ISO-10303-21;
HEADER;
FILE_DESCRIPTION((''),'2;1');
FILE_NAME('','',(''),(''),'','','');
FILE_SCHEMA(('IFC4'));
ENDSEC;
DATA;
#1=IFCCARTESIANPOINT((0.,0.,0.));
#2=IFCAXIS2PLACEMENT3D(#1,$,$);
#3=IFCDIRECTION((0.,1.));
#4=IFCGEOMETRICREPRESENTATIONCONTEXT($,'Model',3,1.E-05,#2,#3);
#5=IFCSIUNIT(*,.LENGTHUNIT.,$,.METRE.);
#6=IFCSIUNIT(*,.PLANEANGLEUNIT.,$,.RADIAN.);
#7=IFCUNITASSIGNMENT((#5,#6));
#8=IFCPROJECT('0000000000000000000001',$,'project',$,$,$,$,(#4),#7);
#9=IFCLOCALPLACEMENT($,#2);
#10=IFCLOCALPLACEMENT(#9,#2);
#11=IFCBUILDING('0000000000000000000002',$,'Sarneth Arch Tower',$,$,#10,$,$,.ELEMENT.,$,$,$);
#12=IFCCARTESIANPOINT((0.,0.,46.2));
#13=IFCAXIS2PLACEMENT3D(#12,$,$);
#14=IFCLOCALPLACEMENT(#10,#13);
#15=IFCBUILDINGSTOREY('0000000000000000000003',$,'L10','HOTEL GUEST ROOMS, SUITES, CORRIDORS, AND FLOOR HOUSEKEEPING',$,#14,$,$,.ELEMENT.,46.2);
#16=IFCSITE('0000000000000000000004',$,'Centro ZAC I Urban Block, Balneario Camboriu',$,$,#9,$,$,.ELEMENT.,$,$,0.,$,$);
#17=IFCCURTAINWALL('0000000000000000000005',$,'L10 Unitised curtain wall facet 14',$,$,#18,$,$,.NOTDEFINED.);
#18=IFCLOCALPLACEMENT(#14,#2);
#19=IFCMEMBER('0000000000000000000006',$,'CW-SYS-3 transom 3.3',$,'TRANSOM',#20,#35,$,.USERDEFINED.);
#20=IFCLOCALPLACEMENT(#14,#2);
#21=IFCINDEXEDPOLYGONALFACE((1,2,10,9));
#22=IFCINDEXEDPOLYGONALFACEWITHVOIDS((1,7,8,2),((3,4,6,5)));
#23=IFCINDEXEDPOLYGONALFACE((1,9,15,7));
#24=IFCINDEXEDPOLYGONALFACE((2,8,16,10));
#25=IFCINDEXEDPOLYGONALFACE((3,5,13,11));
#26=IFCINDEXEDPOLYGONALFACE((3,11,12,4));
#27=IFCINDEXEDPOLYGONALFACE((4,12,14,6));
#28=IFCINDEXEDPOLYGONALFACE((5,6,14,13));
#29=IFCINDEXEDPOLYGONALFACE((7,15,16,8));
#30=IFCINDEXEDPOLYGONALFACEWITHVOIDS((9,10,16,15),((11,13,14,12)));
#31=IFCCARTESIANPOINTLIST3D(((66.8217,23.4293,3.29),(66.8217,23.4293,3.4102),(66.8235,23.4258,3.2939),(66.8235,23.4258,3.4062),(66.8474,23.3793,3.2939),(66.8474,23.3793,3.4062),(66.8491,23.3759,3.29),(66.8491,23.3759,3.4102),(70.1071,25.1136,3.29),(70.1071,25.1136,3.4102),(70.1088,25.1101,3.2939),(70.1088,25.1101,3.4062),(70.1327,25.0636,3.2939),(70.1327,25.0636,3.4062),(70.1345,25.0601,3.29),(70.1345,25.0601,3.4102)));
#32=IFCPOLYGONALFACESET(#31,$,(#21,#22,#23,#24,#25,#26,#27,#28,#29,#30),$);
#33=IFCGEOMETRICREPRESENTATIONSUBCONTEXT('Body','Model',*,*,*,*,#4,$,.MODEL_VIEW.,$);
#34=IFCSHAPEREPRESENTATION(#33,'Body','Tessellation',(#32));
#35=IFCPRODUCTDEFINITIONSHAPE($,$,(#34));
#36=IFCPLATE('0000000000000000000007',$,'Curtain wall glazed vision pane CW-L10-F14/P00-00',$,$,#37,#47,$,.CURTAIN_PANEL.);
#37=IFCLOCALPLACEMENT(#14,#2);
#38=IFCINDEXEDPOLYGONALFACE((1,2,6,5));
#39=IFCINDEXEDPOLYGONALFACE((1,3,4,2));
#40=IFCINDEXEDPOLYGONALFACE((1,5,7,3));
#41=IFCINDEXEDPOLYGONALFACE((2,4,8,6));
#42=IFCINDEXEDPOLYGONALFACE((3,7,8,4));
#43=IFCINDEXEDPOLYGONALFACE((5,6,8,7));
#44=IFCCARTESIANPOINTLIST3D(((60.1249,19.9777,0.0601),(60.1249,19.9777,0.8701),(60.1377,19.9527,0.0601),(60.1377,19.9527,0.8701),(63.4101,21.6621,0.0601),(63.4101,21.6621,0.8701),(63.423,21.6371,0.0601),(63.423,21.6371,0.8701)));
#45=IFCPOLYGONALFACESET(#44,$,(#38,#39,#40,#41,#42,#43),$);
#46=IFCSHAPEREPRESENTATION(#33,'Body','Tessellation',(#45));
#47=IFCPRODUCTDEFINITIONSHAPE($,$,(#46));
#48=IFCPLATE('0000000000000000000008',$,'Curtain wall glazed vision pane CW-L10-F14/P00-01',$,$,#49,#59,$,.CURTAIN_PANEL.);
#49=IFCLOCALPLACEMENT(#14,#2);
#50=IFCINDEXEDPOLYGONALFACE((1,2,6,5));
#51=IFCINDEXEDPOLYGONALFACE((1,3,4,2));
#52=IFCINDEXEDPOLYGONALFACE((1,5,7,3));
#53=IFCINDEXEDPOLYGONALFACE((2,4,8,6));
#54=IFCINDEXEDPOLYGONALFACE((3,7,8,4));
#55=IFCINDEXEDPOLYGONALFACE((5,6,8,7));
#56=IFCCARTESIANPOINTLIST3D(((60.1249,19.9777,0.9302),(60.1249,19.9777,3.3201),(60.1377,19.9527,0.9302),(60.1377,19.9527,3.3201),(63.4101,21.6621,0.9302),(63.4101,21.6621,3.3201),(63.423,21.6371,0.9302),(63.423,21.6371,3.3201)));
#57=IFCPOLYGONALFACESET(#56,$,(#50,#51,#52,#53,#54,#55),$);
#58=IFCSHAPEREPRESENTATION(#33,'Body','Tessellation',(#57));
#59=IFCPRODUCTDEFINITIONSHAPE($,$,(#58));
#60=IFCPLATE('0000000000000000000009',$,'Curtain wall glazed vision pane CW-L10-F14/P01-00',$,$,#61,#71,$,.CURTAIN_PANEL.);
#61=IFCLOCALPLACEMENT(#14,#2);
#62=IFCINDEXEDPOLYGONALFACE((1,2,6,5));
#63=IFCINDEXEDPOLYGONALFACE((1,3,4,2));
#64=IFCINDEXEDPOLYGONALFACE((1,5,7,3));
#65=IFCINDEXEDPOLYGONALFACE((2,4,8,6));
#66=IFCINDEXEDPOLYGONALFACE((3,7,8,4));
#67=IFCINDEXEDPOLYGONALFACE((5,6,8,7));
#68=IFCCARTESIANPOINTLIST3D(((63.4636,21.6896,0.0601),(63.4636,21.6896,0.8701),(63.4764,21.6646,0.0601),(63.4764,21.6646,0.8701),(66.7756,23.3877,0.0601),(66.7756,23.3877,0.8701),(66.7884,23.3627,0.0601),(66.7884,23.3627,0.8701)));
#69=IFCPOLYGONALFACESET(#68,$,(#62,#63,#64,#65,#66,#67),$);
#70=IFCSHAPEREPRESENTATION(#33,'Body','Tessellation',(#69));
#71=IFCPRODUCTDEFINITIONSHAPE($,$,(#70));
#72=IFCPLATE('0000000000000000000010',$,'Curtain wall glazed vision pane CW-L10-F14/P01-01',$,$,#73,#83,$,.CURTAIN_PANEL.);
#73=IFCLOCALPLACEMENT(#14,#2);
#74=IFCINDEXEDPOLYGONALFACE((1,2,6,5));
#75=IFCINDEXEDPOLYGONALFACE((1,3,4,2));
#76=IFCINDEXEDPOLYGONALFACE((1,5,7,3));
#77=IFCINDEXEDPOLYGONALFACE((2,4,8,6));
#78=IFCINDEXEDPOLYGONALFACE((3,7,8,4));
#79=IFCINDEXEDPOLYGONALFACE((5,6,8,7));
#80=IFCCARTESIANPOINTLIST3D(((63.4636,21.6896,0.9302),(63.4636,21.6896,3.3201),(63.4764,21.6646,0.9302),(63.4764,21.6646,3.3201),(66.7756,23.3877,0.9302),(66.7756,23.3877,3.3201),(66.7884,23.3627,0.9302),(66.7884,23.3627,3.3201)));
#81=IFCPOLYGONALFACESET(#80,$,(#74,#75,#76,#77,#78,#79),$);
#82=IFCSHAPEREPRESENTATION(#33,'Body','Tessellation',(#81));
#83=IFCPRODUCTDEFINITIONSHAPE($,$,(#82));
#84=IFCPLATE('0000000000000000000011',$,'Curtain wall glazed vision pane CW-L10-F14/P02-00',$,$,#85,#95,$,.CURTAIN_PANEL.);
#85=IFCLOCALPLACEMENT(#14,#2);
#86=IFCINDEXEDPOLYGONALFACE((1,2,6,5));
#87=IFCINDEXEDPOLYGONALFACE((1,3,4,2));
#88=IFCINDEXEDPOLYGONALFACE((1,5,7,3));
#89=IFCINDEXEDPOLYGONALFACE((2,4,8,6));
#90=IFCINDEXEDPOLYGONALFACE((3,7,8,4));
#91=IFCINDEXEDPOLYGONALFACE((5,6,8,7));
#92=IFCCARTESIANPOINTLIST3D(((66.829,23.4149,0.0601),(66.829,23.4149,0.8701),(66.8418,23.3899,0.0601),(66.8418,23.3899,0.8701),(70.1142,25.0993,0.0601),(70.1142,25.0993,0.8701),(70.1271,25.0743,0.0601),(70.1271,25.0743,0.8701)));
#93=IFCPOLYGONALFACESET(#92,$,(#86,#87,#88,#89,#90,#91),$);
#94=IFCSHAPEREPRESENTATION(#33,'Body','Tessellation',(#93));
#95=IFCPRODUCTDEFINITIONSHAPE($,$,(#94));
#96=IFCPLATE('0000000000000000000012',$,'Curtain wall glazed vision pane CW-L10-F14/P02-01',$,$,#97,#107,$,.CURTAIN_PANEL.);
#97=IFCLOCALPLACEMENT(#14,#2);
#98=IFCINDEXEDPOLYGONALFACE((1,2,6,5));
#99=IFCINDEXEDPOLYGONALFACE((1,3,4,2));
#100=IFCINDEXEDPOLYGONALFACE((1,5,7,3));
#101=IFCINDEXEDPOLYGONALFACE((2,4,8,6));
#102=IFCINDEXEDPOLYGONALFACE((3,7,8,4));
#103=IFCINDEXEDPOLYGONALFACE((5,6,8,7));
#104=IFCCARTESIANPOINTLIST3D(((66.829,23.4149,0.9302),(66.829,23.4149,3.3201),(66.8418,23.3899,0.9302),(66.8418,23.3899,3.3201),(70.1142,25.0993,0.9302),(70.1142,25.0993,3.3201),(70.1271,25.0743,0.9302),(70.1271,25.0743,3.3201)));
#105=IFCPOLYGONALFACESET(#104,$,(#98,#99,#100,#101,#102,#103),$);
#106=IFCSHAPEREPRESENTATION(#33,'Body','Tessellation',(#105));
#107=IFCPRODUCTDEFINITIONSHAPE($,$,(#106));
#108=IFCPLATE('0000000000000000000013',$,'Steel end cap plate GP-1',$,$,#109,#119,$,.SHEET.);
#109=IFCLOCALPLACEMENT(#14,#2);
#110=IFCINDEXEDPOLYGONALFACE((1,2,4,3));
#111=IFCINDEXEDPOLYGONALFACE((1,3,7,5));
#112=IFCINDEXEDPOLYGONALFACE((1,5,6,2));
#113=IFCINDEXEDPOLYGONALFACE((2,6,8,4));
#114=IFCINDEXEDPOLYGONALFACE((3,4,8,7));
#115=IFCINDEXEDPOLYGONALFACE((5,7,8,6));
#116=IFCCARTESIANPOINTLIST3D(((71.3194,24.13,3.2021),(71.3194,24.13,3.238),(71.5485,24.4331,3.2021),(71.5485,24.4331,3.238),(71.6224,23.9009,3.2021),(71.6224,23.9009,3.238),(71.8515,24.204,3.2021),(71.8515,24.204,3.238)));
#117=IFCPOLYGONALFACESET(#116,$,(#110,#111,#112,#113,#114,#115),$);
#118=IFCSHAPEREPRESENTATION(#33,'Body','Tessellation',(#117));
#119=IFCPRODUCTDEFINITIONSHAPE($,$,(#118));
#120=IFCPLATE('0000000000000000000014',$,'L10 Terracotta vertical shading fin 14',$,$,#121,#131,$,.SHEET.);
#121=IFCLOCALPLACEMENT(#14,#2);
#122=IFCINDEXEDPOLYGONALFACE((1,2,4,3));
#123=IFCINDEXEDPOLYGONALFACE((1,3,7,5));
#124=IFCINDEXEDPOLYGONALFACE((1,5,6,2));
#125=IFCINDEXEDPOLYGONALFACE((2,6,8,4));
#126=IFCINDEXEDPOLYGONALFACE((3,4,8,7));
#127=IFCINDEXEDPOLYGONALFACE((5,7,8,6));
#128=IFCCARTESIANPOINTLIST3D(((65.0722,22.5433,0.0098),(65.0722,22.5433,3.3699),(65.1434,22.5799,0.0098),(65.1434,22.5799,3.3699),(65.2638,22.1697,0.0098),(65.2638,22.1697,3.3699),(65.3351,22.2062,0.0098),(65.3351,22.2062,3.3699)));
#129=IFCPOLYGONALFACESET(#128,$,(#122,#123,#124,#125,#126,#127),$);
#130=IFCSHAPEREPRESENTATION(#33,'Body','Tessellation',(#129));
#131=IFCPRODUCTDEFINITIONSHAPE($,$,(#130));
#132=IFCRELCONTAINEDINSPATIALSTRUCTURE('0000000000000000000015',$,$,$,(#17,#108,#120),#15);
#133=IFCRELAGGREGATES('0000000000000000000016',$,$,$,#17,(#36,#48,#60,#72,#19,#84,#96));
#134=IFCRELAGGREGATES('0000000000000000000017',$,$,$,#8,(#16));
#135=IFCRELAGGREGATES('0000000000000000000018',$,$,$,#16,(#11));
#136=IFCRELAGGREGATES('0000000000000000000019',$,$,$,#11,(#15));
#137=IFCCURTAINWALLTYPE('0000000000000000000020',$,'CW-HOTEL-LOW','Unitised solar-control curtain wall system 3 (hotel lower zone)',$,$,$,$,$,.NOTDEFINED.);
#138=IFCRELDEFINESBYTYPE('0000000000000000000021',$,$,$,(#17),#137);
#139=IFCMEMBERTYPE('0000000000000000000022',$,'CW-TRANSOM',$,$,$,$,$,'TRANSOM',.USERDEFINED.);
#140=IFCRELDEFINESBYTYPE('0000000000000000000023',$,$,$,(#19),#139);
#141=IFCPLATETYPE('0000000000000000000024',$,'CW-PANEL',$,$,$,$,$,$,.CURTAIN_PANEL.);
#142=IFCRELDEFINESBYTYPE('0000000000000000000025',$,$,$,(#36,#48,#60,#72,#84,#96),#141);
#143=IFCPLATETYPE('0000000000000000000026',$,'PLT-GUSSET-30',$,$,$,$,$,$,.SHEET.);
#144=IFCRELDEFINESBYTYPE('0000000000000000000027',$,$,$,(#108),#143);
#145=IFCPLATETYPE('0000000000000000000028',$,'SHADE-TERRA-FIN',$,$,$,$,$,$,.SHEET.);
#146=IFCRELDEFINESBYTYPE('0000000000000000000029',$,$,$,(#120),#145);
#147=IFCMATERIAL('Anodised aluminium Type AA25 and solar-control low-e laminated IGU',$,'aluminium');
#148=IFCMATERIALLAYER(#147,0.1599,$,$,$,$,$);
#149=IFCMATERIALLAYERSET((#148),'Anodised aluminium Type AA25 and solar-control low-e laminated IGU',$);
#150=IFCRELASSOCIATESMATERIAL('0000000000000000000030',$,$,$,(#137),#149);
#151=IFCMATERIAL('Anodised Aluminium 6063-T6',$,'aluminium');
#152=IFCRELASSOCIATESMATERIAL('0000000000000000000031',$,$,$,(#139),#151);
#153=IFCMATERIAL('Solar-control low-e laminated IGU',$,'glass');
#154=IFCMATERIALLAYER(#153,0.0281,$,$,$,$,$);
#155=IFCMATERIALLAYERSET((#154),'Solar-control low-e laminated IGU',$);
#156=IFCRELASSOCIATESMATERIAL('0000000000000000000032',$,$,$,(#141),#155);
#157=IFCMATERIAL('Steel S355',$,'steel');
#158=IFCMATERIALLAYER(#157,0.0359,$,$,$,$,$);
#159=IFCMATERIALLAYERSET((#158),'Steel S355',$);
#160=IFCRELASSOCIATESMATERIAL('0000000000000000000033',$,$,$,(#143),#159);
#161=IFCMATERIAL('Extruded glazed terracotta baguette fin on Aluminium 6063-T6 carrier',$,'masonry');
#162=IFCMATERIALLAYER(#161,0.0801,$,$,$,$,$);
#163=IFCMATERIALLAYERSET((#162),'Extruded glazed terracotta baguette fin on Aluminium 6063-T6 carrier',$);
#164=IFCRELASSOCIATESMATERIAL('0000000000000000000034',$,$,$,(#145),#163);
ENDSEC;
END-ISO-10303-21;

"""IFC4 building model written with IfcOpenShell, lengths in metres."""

from ifc_helpers import new_model, si_unit, direction, frame, origin, origin_2d, place, context, subcontext, project, spatial, rectangle, hollow_rectangle, extrude, material, layer, layer_set, material_profile, profile_set, type_object, element, aggregate, save


model = new_model("IFC4")

# Units and contexts
model_context = context("Model", 3, precision=1e-05, world=origin(), true_north=direction((0.0, 1.0)))
body_context = subcontext(model_context, "Body", "Model", "MODEL_VIEW")
ifc_project = project(units=[si_unit("LENGTHUNIT", "METRE"), si_unit("PLANEANGLEUNIT", "RADIAN")], contexts=[model_context])

# Site, building, storey
site_placement = place(None, origin())
site = spatial("IfcSite", under=ifc_project, at=site_placement, Name="Centro ZAC I Urban Block, Balneario Camboriu", CompositionType="ELEMENT", RefElevation=0.0)
building_placement = place(site_placement, origin())
building = spatial("IfcBuilding", under=site, at=building_placement, Name="Sarneth Arch Tower", CompositionType="ELEMENT")
storey_placement = place(building_placement, frame((0.0, 0.0, 46.2)))
storey = spatial("IfcBuildingStorey", under=building, at=storey_placement, Name="L10", Description="HOTEL GUEST ROOMS, SUITES, CORRIDORS, AND FLOOR HOUSEKEEPING", CompositionType="ELEMENT", Elevation=46.2)

# Curtain wall, member, plates
ifc_material_1 = material(Name="Anodised aluminium Type AA25 and solar-control low-e laminated IGU", Category="aluminium")
ifc_layer_1 = layer(ifc_material_1, 0.1599)
ifc_layer_set_1 = layer_set([ifc_layer_1], Name="Anodised aluminium Type AA25 and solar-control low-e laminated IGU")
curtain_wall_type = type_object("IfcCurtainWallType", Name="CW-HOTEL-LOW", Description="Unitised solar-control curtain wall system 3 (hotel lower zone)", PredefinedType="NOTDEFINED", material=ifc_layer_set_1)
curtain_wall_placement = place(storey_placement, origin())
curtain_wall = element("IfcCurtainWall", 1, at=curtain_wall_placement, inside=storey, type_object=curtain_wall_type, Name="L10 Unitised curtain wall facet 14", PredefinedType="NOTDEFINED")
ifc_material_2 = material(Name="Anodised Aluminium 6063-T6", Category="aluminium")
ifc_material_profile_1 = material_profile(ifc_material_2, hollow_rectangle(XDim=0.0601, YDim=0.1201, WallThickness=0.0039, at=origin_2d()), Name="AL-TRAN-120x60x4")
ifc_profile_set_1 = profile_set([ifc_material_profile_1], Name="Anodised Aluminium 6063-T6")
member_type_1 = type_object("IfcMemberType", Name="CW-TRANSOM", ElementType="TRANSOM", PredefinedType="USERDEFINED", material=ifc_profile_set_1)
member_1_placement = place(storey_placement, frame((66.8354, 23.4026, 3.3501), z_axis=(0.889872, 0.456211, 0.0), x_axis=(-0.456211, 0.889872, 0.0)))
member_1 = element("IfcMember", 2, at=member_1_placement, type_object=member_type_1, Name="CW-SYS-3 transom 3.3", ObjectType="TRANSOM", PredefinedType="USERDEFINED", context=body_context, shape_type="SweptSolid", body=[
    extrude(hollow_rectangle(XDim=0.0601, YDim=0.1201, WallThickness=0.0039, at=origin_2d()), origin(), (0.0, 0.0, 1.0), 3.6919),
])
ifc_material_3 = material(Name="Solar-control low-e laminated IGU", Category="glass")
ifc_layer_2 = layer(ifc_material_3, 0.0281)
ifc_layer_set_2 = layer_set([ifc_layer_2], Name="Solar-control low-e laminated IGU")
plate_type_1 = type_object("IfcPlateType", Name="CW-PANEL", PredefinedType="CURTAIN_PANEL", material=ifc_layer_set_2)
plate_1_placement = place(storey_placement, frame((61.7739, 20.8074, 0.0601), z_axis=(0.0, 0.0, 1.0), x_axis=(0.889854, 0.456245, 0.0)))
plate_1 = element("IfcPlate", 3, at=plate_1_placement, type_object=plate_type_1, Name="Curtain wall glazed vision pane CW-L10-F14/P00-00", PredefinedType="CURTAIN_PANEL", context=body_context, shape_type="SweptSolid", body=[
    extrude(rectangle(XDim=3.6919, YDim=0.0281, at=origin_2d()), origin(), (0.0, 0.0, 1.0), 0.8101),
])
plate_2_placement = place(storey_placement, frame((61.7739, 20.8074, 0.9302), z_axis=(0.0, 0.0, 1.0), x_axis=(0.889854, 0.456245, 0.0)))
plate_2 = element("IfcPlate", 4, at=plate_2_placement, type_object=plate_type_1, Name="Curtain wall glazed vision pane CW-L10-F14/P00-01", PredefinedType="CURTAIN_PANEL", context=body_context, shape_type="SweptSolid", body=[
    extrude(rectangle(XDim=3.6919, YDim=0.0281, at=origin_2d()), origin(), (0.0, 0.0, 1.0), 2.3899),
])
plate_3_placement = place(storey_placement, frame((65.126, 22.5261, 0.0601), z_axis=(0.0, 0.0, 1.0), x_axis=(0.889854, 0.456245, 0.0)))
plate_3 = element("IfcPlate", 5, at=plate_3_placement, type_object=plate_type_1, Name="Curtain wall glazed vision pane CW-L10-F14/P01-00", PredefinedType="CURTAIN_PANEL", context=body_context, shape_type="SweptSolid", body=[
    extrude(rectangle(XDim=3.7219, YDim=0.0281, at=origin_2d()), origin(), (0.0, 0.0, 1.0), 0.8101),
])
plate_4_placement = place(storey_placement, frame((65.126, 22.5261, 0.9302), z_axis=(0.0, 0.0, 1.0), x_axis=(0.889854, 0.456245, 0.0)))
plate_4 = element("IfcPlate", 6, at=plate_4_placement, type_object=plate_type_1, Name="Curtain wall glazed vision pane CW-L10-F14/P01-01", PredefinedType="CURTAIN_PANEL", context=body_context, shape_type="SweptSolid", body=[
    extrude(rectangle(XDim=3.7219, YDim=0.0281, at=origin_2d()), origin(), (0.0, 0.0, 1.0), 2.3899),
])
plate_5_placement = place(storey_placement, frame((68.478, 24.2446, 0.0601), z_axis=(0.0, 0.0, 1.0), x_axis=(0.889854, 0.456245, 0.0)))
plate_5 = element("IfcPlate", 7, at=plate_5_placement, type_object=plate_type_1, Name="Curtain wall glazed vision pane CW-L10-F14/P02-00", PredefinedType="CURTAIN_PANEL", context=body_context, shape_type="SweptSolid", body=[
    extrude(rectangle(XDim=3.6919, YDim=0.0281, at=origin_2d()), origin(), (0.0, 0.0, 1.0), 0.8101),
])
plate_6_placement = place(storey_placement, frame((68.478, 24.2446, 0.9302), z_axis=(0.0, 0.0, 1.0), x_axis=(0.889854, 0.456245, 0.0)))
plate_6 = element("IfcPlate", 8, at=plate_6_placement, type_object=plate_type_1, Name="Curtain wall glazed vision pane CW-L10-F14/P02-01", PredefinedType="CURTAIN_PANEL", context=body_context, shape_type="SweptSolid", body=[
    extrude(rectangle(XDim=3.6919, YDim=0.0281, at=origin_2d()), origin(), (0.0, 0.0, 1.0), 2.3899),
])
aggregate(curtain_wall, [plate_1, plate_2, plate_3, plate_4, member_1, plate_5, plate_6])

# Plates
ifc_material_4 = material(Name="Steel S355", Category="steel")
ifc_layer_3 = layer(ifc_material_4, 0.0359)
ifc_layer_set_3 = layer_set([ifc_layer_3], Name="Steel S355")
plate_type_2 = type_object("IfcPlateType", Name="PLT-GUSSET-30", PredefinedType="SHEET", material=ifc_layer_set_3)
plate_7_placement = place(storey_placement, frame((71.5854, 24.167, 3.2021), z_axis=(0.0, 0.0, 1.0), x_axis=(0.797689, -0.603069, 0.0)))
element("IfcPlate", 9, at=plate_7_placement, inside=storey, type_object=plate_type_2, Name="Steel end cap plate GP-1", PredefinedType="SHEET", context=body_context, shape_type="SweptSolid", body=[
    extrude(rectangle(XDim=0.3799, YDim=0.3799, at=origin_2d()), origin(), (0.0, 0.0, 1.0), 0.0359),
])
ifc_material_5 = material(Name="Extruded glazed terracotta baguette fin on Aluminium 6063-T6 carrier", Category="masonry")
ifc_layer_4 = layer(ifc_material_5, 0.0801)
ifc_layer_set_4 = layer_set([ifc_layer_4], Name="Extruded glazed terracotta baguette fin on Aluminium 6063-T6 carrier")
plate_type_3 = type_object("IfcPlateType", Name="SHADE-TERRA-FIN", PredefinedType="SHEET", material=ifc_layer_set_4)
plate_8_placement = place(storey_placement, frame((65.2036, 22.3748, 0.0098), z_axis=(0.0, 0.0, 1.0), x_axis=(0.456322, -0.889815, 0.0)))
element("IfcPlate", 10, at=plate_8_placement, inside=storey, type_object=plate_type_3, Name="L10 Terracotta vertical shading fin 14", PredefinedType="SHEET", context=body_context, shape_type="SweptSolid", body=[
    extrude(rectangle(XDim=0.4199, YDim=0.0801, at=origin_2d()), origin(), (0.0, 0.0, 1.0), 3.3601),
])

save(model, "model.ifc")
